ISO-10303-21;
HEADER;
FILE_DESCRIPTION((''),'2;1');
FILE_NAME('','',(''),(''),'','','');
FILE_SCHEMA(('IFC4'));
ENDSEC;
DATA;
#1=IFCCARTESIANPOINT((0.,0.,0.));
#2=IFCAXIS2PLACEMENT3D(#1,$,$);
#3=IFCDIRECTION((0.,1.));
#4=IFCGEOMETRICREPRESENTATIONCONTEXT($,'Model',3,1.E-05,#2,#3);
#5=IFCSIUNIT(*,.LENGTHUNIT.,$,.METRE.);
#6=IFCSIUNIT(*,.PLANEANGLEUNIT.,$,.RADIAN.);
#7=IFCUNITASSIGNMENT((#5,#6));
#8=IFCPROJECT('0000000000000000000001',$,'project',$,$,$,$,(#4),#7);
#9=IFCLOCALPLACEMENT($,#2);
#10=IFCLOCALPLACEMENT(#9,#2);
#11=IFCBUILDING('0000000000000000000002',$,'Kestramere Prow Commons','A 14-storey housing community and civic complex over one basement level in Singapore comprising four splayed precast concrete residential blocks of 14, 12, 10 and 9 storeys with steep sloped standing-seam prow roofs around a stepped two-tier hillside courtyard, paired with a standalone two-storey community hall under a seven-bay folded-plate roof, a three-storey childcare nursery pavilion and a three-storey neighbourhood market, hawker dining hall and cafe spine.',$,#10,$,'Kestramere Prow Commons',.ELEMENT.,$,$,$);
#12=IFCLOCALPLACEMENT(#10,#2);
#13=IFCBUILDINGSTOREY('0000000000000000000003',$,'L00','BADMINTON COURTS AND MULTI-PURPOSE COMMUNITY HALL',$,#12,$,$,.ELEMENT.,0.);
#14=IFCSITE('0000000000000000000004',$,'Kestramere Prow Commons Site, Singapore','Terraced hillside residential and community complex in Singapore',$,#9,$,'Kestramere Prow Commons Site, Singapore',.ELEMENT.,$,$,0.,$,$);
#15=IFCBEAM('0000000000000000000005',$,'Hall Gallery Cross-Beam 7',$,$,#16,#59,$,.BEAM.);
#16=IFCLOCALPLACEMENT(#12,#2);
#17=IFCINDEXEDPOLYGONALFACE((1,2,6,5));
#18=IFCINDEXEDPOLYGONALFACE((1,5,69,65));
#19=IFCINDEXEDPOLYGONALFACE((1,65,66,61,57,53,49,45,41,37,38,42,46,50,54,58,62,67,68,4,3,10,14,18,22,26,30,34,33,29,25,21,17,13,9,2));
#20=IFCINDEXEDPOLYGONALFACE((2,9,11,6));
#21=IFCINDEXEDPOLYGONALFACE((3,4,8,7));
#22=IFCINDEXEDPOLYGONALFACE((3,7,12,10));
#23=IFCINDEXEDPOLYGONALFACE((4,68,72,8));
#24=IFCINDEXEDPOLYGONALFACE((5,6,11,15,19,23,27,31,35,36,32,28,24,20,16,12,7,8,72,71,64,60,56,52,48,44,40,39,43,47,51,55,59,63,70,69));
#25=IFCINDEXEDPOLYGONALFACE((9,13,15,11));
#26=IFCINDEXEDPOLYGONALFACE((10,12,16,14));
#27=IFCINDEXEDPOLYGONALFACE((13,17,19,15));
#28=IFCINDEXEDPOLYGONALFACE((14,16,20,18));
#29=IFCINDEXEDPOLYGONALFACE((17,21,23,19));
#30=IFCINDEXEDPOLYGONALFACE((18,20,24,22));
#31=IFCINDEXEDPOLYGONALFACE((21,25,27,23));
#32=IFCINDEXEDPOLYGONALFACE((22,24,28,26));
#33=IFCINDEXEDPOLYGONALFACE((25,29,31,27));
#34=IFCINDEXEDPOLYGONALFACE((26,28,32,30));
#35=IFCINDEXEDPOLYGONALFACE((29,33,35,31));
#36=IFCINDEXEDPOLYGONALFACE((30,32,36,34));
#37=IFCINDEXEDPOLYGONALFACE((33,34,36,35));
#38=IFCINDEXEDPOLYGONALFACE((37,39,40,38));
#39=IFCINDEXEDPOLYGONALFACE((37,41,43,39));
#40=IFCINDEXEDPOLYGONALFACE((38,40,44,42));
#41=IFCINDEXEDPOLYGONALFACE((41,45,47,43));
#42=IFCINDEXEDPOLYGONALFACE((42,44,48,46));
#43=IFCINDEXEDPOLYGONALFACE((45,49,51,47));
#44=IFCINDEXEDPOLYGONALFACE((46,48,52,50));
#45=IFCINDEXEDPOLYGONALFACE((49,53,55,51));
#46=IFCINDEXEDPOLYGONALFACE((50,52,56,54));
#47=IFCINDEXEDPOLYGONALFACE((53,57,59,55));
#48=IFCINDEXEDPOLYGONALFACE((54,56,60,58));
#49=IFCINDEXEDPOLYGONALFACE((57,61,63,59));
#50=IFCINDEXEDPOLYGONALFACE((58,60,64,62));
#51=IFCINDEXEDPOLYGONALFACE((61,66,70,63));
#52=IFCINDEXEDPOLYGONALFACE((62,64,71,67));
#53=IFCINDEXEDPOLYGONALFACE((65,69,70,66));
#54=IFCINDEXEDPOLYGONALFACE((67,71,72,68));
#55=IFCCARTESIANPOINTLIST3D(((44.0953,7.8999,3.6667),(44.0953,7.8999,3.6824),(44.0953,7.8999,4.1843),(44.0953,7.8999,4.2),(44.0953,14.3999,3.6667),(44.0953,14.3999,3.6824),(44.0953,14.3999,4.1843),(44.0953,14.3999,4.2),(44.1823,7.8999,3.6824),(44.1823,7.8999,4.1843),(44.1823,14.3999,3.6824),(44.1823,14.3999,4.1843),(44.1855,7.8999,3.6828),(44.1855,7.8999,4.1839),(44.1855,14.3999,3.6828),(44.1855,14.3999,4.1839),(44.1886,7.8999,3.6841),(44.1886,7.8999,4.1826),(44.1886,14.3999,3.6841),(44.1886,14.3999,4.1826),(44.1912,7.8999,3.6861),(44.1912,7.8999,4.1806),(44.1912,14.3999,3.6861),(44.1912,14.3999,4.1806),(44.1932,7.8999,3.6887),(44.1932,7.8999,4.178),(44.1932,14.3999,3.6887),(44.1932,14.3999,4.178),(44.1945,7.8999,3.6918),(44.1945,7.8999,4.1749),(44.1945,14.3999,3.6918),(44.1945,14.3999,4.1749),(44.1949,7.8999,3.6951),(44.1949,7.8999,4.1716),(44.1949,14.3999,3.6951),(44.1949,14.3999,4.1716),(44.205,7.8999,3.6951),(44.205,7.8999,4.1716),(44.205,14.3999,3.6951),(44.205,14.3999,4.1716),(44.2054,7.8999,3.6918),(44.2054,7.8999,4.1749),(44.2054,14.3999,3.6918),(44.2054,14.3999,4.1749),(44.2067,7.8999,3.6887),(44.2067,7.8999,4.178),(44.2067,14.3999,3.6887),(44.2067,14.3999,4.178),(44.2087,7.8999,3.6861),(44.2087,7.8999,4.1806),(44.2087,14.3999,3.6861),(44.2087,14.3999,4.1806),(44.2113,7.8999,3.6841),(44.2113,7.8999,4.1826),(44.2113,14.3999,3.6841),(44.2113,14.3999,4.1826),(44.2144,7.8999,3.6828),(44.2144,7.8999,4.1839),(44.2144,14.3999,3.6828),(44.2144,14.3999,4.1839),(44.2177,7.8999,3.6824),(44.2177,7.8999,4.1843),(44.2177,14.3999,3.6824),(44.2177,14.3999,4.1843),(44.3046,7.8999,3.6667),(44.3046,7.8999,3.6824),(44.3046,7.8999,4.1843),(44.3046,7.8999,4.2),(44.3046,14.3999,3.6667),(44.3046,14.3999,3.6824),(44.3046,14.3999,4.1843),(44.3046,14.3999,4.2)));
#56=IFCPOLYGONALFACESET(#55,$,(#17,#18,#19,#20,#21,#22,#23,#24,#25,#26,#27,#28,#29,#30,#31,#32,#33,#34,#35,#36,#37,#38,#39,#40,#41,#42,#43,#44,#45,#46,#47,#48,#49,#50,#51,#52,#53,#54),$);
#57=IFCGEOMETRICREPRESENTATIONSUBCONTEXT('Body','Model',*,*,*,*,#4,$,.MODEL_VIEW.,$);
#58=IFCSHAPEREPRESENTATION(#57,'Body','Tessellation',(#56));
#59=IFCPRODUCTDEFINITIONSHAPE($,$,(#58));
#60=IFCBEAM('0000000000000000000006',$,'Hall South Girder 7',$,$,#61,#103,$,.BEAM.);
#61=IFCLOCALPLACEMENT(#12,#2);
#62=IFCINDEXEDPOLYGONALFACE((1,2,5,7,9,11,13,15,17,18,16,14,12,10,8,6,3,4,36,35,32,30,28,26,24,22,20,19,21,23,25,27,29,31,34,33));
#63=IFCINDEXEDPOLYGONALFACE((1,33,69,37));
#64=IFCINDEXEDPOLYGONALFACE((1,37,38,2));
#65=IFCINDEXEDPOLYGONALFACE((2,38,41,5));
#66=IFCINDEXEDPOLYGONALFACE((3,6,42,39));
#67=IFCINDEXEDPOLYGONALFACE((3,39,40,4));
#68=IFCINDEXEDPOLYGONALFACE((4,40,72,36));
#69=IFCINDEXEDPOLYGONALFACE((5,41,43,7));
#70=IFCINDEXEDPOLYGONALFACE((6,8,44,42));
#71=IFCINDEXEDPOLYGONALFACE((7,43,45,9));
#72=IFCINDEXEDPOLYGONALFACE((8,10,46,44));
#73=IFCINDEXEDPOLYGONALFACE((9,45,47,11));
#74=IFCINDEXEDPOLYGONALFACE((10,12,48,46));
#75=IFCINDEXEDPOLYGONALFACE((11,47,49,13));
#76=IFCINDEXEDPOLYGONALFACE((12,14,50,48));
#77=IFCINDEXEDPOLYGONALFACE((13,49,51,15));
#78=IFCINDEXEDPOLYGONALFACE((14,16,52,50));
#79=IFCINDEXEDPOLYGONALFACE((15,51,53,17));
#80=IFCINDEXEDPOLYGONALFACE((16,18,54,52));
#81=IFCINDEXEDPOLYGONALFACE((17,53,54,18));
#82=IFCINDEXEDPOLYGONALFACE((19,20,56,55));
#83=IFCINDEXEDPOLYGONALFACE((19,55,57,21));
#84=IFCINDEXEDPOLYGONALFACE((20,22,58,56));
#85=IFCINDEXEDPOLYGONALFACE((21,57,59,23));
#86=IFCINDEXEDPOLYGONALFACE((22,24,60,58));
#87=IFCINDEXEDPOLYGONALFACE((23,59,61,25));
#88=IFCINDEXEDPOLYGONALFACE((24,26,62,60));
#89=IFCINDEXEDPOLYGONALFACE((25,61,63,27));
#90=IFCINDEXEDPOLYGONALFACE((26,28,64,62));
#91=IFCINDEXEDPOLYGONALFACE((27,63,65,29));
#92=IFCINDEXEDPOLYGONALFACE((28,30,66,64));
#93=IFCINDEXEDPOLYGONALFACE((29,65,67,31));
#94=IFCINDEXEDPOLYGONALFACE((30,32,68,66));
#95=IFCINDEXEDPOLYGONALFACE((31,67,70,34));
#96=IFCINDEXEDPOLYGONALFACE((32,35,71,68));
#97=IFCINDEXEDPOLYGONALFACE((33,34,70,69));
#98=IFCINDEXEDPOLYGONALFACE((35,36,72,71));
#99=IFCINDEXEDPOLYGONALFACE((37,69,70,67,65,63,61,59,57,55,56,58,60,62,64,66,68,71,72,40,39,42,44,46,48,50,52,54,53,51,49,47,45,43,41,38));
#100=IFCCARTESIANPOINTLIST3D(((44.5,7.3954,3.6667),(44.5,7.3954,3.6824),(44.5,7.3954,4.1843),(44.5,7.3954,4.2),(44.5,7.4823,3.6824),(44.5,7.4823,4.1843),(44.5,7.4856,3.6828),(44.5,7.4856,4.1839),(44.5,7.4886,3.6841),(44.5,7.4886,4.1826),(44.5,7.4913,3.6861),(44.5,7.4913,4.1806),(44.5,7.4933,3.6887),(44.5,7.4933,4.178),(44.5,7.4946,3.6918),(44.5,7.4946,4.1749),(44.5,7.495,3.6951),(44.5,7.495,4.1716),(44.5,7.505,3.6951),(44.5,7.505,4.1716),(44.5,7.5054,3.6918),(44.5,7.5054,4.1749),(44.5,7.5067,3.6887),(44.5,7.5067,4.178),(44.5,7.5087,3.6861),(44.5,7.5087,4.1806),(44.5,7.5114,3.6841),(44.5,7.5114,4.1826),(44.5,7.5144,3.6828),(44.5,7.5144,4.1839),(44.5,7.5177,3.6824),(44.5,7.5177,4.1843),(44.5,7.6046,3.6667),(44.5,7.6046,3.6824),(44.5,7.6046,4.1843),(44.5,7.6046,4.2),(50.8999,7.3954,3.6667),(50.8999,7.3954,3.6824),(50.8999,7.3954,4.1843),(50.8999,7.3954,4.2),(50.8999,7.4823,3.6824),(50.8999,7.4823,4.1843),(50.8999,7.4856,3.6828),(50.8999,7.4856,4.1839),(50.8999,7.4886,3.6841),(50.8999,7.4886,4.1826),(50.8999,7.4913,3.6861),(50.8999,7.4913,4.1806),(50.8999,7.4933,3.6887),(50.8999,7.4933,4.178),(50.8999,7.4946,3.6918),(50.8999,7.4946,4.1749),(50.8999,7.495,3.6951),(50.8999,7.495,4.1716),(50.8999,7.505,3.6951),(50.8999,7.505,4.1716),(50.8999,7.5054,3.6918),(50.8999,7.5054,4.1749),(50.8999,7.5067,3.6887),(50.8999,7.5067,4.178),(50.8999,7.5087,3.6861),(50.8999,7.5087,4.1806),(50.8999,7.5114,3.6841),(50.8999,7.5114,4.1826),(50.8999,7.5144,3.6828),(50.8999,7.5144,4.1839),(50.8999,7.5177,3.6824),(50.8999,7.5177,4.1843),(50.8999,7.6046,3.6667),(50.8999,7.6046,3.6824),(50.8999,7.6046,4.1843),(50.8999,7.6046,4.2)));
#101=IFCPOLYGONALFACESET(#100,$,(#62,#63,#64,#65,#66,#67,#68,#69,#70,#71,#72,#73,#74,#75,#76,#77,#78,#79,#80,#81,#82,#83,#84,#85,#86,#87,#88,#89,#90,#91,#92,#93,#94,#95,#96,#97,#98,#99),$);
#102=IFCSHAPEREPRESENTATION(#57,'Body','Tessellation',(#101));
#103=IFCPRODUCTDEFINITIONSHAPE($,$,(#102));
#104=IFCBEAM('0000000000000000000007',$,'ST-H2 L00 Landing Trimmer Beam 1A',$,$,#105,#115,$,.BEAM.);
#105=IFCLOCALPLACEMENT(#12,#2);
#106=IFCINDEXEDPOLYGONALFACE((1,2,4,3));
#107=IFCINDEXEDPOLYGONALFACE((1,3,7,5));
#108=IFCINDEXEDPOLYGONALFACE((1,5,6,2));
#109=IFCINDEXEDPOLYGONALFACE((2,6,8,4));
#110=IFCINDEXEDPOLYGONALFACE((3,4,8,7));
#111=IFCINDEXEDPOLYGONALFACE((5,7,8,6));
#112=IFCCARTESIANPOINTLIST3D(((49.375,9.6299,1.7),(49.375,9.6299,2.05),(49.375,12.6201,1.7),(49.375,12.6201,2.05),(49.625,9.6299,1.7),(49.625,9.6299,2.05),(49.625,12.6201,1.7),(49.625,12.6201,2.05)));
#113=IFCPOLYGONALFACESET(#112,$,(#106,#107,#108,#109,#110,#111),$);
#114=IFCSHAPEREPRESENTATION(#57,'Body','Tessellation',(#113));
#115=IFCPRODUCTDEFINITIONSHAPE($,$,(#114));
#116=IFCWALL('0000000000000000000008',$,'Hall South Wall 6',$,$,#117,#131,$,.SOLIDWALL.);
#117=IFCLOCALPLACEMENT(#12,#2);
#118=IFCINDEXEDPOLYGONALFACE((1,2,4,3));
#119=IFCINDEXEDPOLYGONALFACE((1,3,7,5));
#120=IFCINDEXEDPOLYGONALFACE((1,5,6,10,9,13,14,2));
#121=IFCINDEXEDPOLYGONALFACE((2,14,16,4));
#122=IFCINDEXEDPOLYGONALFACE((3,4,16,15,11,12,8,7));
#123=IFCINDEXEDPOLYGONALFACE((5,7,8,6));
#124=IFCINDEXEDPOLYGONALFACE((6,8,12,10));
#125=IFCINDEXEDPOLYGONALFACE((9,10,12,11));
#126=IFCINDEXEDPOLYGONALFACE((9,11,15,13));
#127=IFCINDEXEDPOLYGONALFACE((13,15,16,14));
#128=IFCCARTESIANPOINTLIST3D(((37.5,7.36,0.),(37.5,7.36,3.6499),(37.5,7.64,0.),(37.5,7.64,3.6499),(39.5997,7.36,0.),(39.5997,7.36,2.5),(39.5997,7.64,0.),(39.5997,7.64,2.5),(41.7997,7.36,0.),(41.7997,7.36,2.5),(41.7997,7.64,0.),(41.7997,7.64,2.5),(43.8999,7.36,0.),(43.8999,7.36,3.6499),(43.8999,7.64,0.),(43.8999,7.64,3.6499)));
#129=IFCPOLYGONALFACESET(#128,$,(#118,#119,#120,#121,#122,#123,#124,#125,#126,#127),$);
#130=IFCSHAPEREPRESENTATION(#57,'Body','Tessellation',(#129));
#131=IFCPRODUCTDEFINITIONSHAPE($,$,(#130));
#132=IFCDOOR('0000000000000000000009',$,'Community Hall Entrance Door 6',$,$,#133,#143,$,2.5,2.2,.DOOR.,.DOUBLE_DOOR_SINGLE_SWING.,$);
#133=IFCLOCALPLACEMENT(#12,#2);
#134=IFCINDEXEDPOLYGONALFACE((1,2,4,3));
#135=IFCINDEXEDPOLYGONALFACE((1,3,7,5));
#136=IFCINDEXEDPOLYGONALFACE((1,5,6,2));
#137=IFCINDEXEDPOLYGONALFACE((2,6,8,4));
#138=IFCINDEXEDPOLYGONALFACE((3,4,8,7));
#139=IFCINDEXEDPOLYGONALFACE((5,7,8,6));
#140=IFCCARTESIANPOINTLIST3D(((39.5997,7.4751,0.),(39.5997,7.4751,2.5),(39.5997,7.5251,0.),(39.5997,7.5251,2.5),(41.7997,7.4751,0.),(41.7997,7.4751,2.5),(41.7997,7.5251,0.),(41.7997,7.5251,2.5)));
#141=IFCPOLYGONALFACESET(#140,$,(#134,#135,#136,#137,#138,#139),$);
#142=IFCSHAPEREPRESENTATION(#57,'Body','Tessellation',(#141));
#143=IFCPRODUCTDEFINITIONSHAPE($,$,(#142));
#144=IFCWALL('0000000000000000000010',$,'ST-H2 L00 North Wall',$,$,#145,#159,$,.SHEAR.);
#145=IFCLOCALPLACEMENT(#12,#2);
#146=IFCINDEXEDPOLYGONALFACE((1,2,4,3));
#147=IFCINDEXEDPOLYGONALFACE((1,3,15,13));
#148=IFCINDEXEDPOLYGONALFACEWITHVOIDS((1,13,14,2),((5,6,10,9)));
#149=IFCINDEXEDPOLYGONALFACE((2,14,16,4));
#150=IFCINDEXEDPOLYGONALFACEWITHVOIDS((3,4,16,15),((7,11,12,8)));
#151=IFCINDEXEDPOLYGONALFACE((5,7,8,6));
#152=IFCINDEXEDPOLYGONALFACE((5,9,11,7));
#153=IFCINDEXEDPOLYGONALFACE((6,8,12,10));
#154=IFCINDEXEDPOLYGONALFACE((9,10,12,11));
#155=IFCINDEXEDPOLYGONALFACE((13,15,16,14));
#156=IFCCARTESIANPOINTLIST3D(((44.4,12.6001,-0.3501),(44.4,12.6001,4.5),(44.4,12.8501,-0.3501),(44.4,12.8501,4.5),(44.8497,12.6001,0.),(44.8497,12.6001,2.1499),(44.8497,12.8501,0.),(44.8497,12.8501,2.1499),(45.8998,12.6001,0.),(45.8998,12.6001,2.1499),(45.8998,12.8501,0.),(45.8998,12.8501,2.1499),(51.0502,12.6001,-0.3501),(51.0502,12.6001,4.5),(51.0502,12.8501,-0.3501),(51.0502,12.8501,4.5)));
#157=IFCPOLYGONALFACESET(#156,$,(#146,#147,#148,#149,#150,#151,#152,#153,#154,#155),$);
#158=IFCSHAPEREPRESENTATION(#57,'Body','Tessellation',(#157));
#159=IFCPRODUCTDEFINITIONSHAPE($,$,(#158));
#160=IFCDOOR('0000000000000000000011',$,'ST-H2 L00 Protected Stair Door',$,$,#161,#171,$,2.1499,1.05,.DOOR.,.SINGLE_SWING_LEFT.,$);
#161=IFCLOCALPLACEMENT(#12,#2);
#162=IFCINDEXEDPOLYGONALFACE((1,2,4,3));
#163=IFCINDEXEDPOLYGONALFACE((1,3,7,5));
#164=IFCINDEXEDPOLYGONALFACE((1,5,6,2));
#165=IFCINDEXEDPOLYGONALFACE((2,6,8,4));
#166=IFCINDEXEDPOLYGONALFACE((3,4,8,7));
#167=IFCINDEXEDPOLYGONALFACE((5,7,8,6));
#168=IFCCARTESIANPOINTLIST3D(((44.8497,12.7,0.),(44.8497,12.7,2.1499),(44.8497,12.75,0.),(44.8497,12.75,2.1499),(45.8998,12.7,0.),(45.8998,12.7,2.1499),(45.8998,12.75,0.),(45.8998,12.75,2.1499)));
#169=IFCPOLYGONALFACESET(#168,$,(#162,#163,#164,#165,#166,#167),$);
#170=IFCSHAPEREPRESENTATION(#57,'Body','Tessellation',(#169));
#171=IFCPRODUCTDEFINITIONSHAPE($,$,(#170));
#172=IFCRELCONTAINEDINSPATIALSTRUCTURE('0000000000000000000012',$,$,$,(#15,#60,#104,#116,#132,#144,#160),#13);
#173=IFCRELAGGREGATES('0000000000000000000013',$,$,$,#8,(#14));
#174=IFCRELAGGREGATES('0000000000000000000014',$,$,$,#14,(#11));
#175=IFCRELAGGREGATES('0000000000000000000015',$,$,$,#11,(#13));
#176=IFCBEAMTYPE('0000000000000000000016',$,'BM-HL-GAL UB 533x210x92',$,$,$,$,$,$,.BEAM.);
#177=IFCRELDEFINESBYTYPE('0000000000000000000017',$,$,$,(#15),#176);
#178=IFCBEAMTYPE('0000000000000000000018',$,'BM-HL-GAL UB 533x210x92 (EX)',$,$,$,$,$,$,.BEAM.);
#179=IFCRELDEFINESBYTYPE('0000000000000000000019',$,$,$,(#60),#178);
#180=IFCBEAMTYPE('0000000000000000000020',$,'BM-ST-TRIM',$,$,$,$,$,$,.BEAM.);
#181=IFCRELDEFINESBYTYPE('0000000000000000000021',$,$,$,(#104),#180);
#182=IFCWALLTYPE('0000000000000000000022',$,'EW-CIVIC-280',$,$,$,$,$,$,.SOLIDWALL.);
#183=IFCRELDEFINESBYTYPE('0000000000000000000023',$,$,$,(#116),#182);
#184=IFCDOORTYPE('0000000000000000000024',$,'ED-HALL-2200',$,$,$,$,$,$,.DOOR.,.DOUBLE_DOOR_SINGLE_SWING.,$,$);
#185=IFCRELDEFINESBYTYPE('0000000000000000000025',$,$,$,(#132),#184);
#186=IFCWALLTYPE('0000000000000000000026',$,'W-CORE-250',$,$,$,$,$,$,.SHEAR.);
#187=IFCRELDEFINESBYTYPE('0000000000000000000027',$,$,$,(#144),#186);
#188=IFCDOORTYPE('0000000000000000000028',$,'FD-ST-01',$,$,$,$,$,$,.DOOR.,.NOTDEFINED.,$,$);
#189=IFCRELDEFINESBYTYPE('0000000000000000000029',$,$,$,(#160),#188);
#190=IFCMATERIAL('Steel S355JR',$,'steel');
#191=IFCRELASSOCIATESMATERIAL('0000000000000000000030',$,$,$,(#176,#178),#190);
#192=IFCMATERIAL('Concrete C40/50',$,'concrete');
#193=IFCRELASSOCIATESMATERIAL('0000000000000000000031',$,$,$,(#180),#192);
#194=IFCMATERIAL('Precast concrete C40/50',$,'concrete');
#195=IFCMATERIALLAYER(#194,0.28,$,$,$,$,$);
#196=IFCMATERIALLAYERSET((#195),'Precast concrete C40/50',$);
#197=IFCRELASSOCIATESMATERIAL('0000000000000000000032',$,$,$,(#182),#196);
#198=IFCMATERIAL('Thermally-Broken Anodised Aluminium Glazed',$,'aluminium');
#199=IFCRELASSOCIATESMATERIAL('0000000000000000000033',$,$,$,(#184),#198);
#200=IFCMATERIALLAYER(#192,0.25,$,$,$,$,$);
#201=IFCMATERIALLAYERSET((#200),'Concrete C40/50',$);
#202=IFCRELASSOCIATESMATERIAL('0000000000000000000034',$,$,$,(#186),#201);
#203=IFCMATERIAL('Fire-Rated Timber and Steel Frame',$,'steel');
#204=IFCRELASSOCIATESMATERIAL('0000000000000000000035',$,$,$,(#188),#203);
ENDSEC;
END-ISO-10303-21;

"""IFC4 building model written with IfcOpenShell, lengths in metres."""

from ifc_helpers import new_model, si_unit, direction, frame, frame_2d, origin, origin_2d, place, context, subcontext, project, spatial, rectangle, i_section, extrude, material, layer, layer_set, material_profile, profile_set, type_object, element, fill, save


model = new_model("IFC4")

# Units and contexts
model_context = context("Model", 3, precision=1e-05, world=origin(), true_north=direction((0.0, 1.0)))
body_context = subcontext(model_context, "Body", "Model", "MODEL_VIEW")
ifc_project = project(units=[si_unit("LENGTHUNIT", "METRE"), si_unit("PLANEANGLEUNIT", "RADIAN")], contexts=[model_context])

# Site, building, storey
site_placement = place(None, origin())
site = spatial("IfcSite", under=ifc_project, at=site_placement, Name="Kestramere Prow Commons Site, Singapore", Description="Terraced hillside residential and community complex in Singapore", LongName="Kestramere Prow Commons Site, Singapore", CompositionType="ELEMENT", RefElevation=0.0)
building_placement = place(site_placement, origin())
building = spatial("IfcBuilding", under=site, at=building_placement, Name="Kestramere Prow Commons", Description="A 14-storey housing community and civic complex over one basement level in Singapore comprising four splayed precast concrete residential blocks of 14, 12, 10 and 9 storeys with steep sloped standing-seam prow roofs around a stepped two-tier hillside courtyard, paired with a standalone two-storey community hall under a seven-bay folded-plate roof, a three-storey childcare nursery pavilion and a three-storey neighbourhood market, hawker dining hall and cafe spine.", LongName="Kestramere Prow Commons", CompositionType="ELEMENT")
storey_placement = place(building_placement, origin())
storey = spatial("IfcBuildingStorey", under=building, at=storey_placement, Name="L00", Description="BADMINTON COURTS AND MULTI-PURPOSE COMMUNITY HALL", CompositionType="ELEMENT", Elevation=0.0)

# Shared definitions
ifc_material_1 = material(Name="Precast concrete C40/50", Category="concrete")

# Beams
ifc_material_2 = material(Name="Steel S355JR", Category="steel")
ifc_material_profile_1 = material_profile(ifc_material_2, i_section(OverallWidth=0.2092, OverallDepth=0.5332, WebThickness=0.01, FlangeThickness=0.0156, FilletRadius=0.0127, at=origin_2d()), Name="UB 533x210x92")
ifc_profile_set_1 = profile_set([ifc_material_profile_1], Name="Steel S355JR")
beam_type_1 = type_object("IfcBeamType", Name="BM-HL-GAL UB 533x210x92", PredefinedType="BEAM", material=ifc_profile_set_1)
beam_1_placement = place(storey_placement, frame((44.2, 7.8999, 3.9333), z_axis=(0.0, 1.0, 0.0), x_axis=(-1.0, 0.0, 0.0)))
element("IfcBeam", 1, at=beam_1_placement, inside=storey, type_object=beam_type_1, Name="Hall Gallery Cross-Beam 7", PredefinedType="BEAM", context=body_context, shape_type="SweptSolid", body=[
    extrude(i_section(OverallWidth=0.2092, OverallDepth=0.5332, WebThickness=0.01, FlangeThickness=0.0156, FilletRadius=0.0127, at=origin_2d()), origin(), (0.0, 0.0, 1.0), 6.5),
])
ifc_material_profile_2 = material_profile(ifc_material_2, i_section(OverallWidth=0.2092, OverallDepth=0.5332, WebThickness=0.01, FlangeThickness=0.0156, FilletRadius=0.0127, at=origin_2d()), Name="UB 533x210x92")
ifc_profile_set_2 = profile_set([ifc_material_profile_2], Name="Steel S355JR")
beam_type_2 = type_object("IfcBeamType", Name="BM-HL-GAL UB 533x210x92 (EX)", PredefinedType="BEAM", material=ifc_profile_set_2)
beam_2_placement = place(storey_placement, frame((44.5, 7.5, 3.9333), z_axis=(1.0, 0.0, 0.0), x_axis=(0.0, 1.0, 0.0)))
element("IfcBeam", 2, at=beam_2_placement, inside=storey, type_object=beam_type_2, Name="Hall South Girder 7", PredefinedType="BEAM", context=body_context, shape_type="SweptSolid", body=[
    extrude(i_section(OverallWidth=0.2092, OverallDepth=0.5332, WebThickness=0.01, FlangeThickness=0.0156, FilletRadius=0.0127, at=origin_2d()), origin(), (0.0, 0.0, 1.0), 6.3999),
])
ifc_material_3 = material(Name="Concrete C40/50", Category="concrete")
ifc_material_profile_3 = material_profile(ifc_material_3, rectangle(XDim=0.25, YDim=0.3501, at=origin_2d()), Name="PC-BM 250x350")
ifc_profile_set_3 = profile_set([ifc_material_profile_3], Name="Concrete C40/50")
beam_type_3 = type_object("IfcBeamType", Name="BM-ST-TRIM", PredefinedType="BEAM", material=ifc_profile_set_3)
beam_3_placement = place(storey_placement, frame((49.5, 9.6299, 1.875), z_axis=(0.0, 1.0, 0.0), x_axis=(-1.0, 0.0, 0.0)))
element("IfcBeam", 3, at=beam_3_placement, inside=storey, type_object=beam_type_3, Name="ST-H2 L00 Landing Trimmer Beam 1A", PredefinedType="BEAM", context=body_context, shape_type="SweptSolid", body=[
    extrude(rectangle(XDim=0.25, YDim=0.3501, at=origin_2d()), origin(), (0.0, 0.0, 1.0), 2.9902),
])

# Walls, openings, doors
ifc_layer_1 = layer(ifc_material_1, 0.28)
ifc_layer_set_1 = layer_set([ifc_layer_1], Name="Precast concrete C40/50")
wall_type_1 = type_object("IfcWallType", Name="EW-CIVIC-280", PredefinedType="SOLIDWALL", material=ifc_layer_set_1)
wall_1_placement = place(storey_placement, frame((43.8999, 7.5, 0.0), z_axis=(0.0, 0.0, 1.0), x_axis=(-1.0, 0.0, 0.0)))
wall_1 = element("IfcWall", 4, at=wall_1_placement, inside=storey, type_object=wall_type_1, Name="Hall South Wall 6", PredefinedType="SOLIDWALL", context=body_context, shape_type="SweptSolid", body=[
    extrude(rectangle(XDim=6.3999, YDim=0.28, at=frame_2d((3.2, 0.0))), origin(), (0.0, 0.0, 1.0), 3.6499),
])
opening_1_placement = place(wall_1_placement, frame((2.1001, 0.0, 0.0)))
opening_1 = element("IfcOpeningElement", 5, at=opening_1_placement, cuts=wall_1, PredefinedType="OPENING", context=body_context, shape_type="SweptSolid", body=[
    extrude(rectangle(XDim=2.2, YDim=2.5, at=frame_2d((1.1001, 1.25))), frame((0.0, 0.155, 0.0), z_axis=(0.0, -1.0, 0.0), x_axis=(1.0, 0.0, 0.0)), (0.0, 0.0, 1.0), 0.3101),
])
ifc_material_4 = material(Name="Thermally-Broken Anodised Aluminium Glazed", Category="aluminium")
door_type_1 = type_object("IfcDoorType", Name="ED-HALL-2200", OperationType="DOUBLE_DOOR_SINGLE_SWING", PredefinedType="DOOR", material=ifc_material_4)
door_1_placement = place(opening_1_placement, origin())
door_1 = element("IfcDoor", 6, at=door_1_placement, inside=storey, type_object=door_type_1, Name="Community Hall Entrance Door 6", OperationType="DOUBLE_DOOR_SINGLE_SWING", OverallHeight=2.5, OverallWidth=2.2, PredefinedType="DOOR", context=body_context, shape_type="SweptSolid", body=[
    extrude(rectangle(XDim=2.2, YDim=2.5, at=frame_2d((1.1001, 1.25))), frame((0.0, 0.0249, 0.0), z_axis=(0.0, -1.0, 0.0), x_axis=(1.0, 0.0, 0.0)), (0.0, 0.0, 1.0), 0.05),
])
fill(opening_1, door_1)
ifc_layer_2 = layer(ifc_material_3, 0.25)
ifc_layer_set_2 = layer_set([ifc_layer_2], Name="Concrete C40/50")
wall_type_2 = type_object("IfcWallType", Name="W-CORE-250", PredefinedType="SHEAR", material=ifc_layer_set_2)
wall_2_placement = place(storey_placement, frame((44.3999, 12.7251, -0.3501), z_axis=(0.0, 0.0, 1.0), x_axis=(1.0, 0.0, 0.0)))
wall_2 = element("IfcWall", 7, at=wall_2_placement, inside=storey, type_object=wall_type_2, Name="ST-H2 L00 North Wall", PredefinedType="SHEAR", context=body_context, shape_type="SweptSolid", body=[
    extrude(rectangle(XDim=6.6501, YDim=0.25, at=frame_2d((3.3252, 0.0))), origin(), (0.0, 0.0, 1.0), 4.8501),
])
opening_2_placement = place(wall_2_placement, frame((0.45, 0.0, 0.3501)))
opening_2 = element("IfcOpeningElement", 8, at=opening_2_placement, cuts=wall_2, PredefinedType="OPENING", context=body_context, shape_type="SweptSolid", body=[
    extrude(rectangle(XDim=1.05, YDim=2.1499, at=frame_2d((0.5249, 1.075))), frame((0.0, 0.1399, 0.0), z_axis=(0.0, -1.0, 0.0), x_axis=(1.0, 0.0, 0.0)), (0.0, 0.0, 1.0), 0.28),
])
ifc_material_5 = material(Name="Fire-Rated Timber and Steel Frame", Category="steel")
door_type_2 = type_object("IfcDoorType", Name="FD-ST-01", OperationType="NOTDEFINED", PredefinedType="DOOR", material=ifc_material_5)
door_2_placement = place(opening_2_placement, origin())
door_2 = element("IfcDoor", 9, at=door_2_placement, inside=storey, type_object=door_type_2, Name="ST-H2 L00 Protected Stair Door", OperationType="SINGLE_SWING_LEFT", OverallHeight=2.1499, OverallWidth=1.05, PredefinedType="DOOR", context=body_context, shape_type="SweptSolid", body=[
    extrude(rectangle(XDim=1.05, YDim=2.1499, at=frame_2d((0.5249, 1.075))), frame((0.0, 0.0249, 0.0), z_axis=(0.0, -1.0, 0.0), x_axis=(1.0, 0.0, 0.0)), (0.0, 0.0, 1.0), 0.05),
])
fill(opening_2, door_2)

save(model, "model.ifc")
